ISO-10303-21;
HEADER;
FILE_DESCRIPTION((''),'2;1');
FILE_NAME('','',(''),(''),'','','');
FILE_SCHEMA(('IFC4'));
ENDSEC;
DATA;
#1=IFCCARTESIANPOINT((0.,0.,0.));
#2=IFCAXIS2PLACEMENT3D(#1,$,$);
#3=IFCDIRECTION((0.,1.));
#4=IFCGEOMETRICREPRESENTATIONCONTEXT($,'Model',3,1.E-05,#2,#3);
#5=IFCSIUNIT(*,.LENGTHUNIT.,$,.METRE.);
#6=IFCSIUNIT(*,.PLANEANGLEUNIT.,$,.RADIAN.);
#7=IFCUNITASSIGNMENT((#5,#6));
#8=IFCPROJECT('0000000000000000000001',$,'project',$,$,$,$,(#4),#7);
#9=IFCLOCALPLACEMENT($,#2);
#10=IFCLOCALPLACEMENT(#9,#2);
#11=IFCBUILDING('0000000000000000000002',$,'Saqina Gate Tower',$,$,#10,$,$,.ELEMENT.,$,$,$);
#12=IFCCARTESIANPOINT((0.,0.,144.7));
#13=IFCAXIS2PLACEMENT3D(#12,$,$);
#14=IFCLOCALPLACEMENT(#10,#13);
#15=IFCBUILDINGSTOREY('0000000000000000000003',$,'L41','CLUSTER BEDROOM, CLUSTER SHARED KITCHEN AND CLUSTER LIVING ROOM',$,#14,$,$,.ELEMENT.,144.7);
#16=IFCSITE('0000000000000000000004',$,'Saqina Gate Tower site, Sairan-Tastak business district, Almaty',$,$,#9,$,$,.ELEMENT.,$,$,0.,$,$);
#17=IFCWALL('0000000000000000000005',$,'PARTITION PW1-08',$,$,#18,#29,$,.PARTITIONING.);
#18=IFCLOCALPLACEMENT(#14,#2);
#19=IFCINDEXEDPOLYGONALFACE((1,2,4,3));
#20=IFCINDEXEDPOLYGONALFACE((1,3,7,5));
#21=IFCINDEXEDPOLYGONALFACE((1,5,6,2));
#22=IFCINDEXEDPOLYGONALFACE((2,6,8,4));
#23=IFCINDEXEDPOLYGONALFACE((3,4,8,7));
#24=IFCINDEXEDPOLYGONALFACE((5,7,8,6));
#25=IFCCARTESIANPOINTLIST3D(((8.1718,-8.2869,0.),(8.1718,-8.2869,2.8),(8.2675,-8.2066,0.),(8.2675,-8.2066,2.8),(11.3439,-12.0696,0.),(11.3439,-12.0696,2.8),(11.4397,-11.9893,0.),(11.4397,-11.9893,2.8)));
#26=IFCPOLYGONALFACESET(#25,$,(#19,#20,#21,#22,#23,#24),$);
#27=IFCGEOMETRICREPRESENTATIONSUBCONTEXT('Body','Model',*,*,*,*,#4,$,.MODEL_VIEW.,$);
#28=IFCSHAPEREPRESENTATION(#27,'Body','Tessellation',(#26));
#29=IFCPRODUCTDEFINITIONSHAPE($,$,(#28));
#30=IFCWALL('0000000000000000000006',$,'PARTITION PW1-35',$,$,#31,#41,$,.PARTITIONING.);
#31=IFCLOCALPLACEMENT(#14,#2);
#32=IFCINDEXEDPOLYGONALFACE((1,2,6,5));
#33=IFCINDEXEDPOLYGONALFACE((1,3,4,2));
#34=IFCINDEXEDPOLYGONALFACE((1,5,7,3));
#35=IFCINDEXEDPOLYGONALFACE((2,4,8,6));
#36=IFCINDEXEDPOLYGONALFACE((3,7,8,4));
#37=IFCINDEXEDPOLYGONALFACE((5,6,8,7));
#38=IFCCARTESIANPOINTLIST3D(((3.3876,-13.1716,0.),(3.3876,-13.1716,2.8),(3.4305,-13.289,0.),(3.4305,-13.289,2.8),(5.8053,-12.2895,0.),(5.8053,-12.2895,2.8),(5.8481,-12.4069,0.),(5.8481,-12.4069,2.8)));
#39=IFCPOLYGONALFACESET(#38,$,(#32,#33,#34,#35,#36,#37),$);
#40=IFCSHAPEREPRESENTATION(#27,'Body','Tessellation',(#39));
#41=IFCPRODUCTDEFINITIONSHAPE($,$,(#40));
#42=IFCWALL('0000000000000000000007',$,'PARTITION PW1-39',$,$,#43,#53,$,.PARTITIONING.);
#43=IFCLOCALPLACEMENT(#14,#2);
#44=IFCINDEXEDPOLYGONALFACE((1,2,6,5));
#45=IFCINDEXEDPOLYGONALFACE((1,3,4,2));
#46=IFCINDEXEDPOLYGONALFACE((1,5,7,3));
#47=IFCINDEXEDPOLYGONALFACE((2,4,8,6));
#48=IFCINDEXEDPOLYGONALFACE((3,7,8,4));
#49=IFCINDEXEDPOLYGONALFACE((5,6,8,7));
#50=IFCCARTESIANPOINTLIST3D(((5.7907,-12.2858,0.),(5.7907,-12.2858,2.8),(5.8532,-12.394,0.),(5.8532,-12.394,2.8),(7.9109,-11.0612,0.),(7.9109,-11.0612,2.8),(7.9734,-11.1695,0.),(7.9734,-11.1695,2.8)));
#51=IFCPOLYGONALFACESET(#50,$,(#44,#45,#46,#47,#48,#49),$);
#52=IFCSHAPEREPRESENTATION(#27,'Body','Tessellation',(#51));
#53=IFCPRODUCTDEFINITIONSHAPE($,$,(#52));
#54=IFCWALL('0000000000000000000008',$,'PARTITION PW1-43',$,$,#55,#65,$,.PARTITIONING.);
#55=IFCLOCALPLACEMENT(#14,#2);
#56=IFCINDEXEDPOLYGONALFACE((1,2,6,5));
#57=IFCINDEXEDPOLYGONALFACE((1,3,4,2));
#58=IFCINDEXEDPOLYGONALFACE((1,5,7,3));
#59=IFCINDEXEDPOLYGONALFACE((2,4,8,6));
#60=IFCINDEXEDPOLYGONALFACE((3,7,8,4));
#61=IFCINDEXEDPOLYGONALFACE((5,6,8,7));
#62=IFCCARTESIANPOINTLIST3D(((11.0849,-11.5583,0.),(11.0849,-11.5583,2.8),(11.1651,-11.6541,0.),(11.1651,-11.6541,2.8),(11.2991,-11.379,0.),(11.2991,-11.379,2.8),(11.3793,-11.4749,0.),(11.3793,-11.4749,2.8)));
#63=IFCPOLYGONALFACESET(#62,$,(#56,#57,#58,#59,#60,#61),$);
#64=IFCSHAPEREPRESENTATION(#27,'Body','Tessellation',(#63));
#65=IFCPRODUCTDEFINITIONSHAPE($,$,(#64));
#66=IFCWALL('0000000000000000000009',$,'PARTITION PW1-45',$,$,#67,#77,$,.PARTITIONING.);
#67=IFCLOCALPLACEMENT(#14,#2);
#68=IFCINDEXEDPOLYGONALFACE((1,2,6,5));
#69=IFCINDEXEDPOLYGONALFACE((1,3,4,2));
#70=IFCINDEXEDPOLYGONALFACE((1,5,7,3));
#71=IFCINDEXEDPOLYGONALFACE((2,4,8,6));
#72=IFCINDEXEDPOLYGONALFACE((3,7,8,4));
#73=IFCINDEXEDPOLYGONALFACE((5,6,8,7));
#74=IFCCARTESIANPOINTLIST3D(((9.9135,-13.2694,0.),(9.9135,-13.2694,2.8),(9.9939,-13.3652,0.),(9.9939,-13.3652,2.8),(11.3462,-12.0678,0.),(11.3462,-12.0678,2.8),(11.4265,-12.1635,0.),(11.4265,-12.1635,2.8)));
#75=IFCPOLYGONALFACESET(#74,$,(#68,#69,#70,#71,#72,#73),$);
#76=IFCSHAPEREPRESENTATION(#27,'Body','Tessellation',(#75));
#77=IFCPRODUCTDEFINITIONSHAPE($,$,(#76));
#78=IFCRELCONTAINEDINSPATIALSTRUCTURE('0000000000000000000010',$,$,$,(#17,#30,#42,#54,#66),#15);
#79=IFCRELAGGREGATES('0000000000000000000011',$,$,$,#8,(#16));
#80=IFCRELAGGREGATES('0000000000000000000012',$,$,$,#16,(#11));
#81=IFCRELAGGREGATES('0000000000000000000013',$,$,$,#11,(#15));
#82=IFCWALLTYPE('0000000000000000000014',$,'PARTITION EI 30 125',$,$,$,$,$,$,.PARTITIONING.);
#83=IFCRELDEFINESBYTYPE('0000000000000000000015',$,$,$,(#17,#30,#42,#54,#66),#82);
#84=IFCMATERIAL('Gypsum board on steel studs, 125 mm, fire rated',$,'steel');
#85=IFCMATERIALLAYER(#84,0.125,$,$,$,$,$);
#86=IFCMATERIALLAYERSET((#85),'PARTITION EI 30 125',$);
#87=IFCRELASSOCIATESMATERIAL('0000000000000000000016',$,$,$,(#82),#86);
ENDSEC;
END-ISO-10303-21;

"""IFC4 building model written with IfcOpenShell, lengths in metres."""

from ifc_helpers import new_model, si_unit, direction, frame, frame_2d, origin, place, context, subcontext, project, spatial, rectangle, extrude, material, layer, layer_set, type_object, element, save


model = new_model("IFC4")

# Units and contexts
model_context = context("Model", 3, precision=1e-05, world=origin(), true_north=direction((0.0, 1.0)))
body_context = subcontext(model_context, "Body", "Model", "MODEL_VIEW")
ifc_project = project(units=[si_unit("LENGTHUNIT", "METRE"), si_unit("PLANEANGLEUNIT", "RADIAN")], contexts=[model_context])

# Site, building, storey
site_placement = place(None, origin())
site = spatial("IfcSite", under=ifc_project, at=site_placement, Name="Saqina Gate Tower site, Sairan-Tastak business district, Almaty", CompositionType="ELEMENT", RefElevation=0.0)
building_placement = place(site_placement, origin())
building = spatial("IfcBuilding", under=site, at=building_placement, Name="Saqina Gate Tower", CompositionType="ELEMENT")
storey_placement = place(building_placement, frame((0.0, 0.0, 144.7)))
storey = spatial("IfcBuildingStorey", under=building, at=storey_placement, Name="L41", Description="CLUSTER BEDROOM, CLUSTER SHARED KITCHEN AND CLUSTER LIVING ROOM", CompositionType="ELEMENT", Elevation=144.7)

# Walls
ifc_material_1 = material(Name="Gypsum board on steel studs, 125 mm, fire rated", Category="steel")
ifc_layer_1 = layer(ifc_material_1, 0.125)
ifc_layer_set_1 = layer_set([ifc_layer_1], Name="PARTITION EI 30 125")
wall_type_1 = type_object("IfcWallType", Name="PARTITION EI 30 125", PredefinedType="PARTITIONING", material=ifc_layer_set_1)
wall_1_placement = place(storey_placement, frame((8.2197, -8.2468, 0.0), z_axis=(0.0, 0.0, 1.0), x_axis=(0.642555, -0.766239, 0.0)))
element("IfcWall", 1, at=wall_1_placement, inside=storey, type_object=wall_type_1, Name="PARTITION PW1-08", PredefinedType="PARTITIONING", context=body_context, shape_type="SweptSolid", body=[
    extrude(rectangle(XDim=4.9368, YDim=0.125, at=frame_2d((2.4683, 0.0))), origin(), (0.0, 0.0, 1.0), 2.8),
])
wall_2_placement = place(storey_placement, frame((3.4092, -13.2302, 0.0), z_axis=(0.0, 0.0, 1.0), x_axis=(0.93943, 0.342741, 0.0)))
element("IfcWall", 2, at=wall_2_placement, inside=storey, type_object=wall_type_1, Name="PARTITION PW1-35", PredefinedType="PARTITIONING", context=body_context, shape_type="SweptSolid", body=[
    extrude(rectangle(XDim=2.5735, YDim=0.125, at=frame_2d((1.2866, 0.0))), origin(), (0.0, 0.0, 1.0), 2.8),
])
wall_3_placement = place(storey_placement, frame((5.822, -12.3398, 0.0), z_axis=(0.0, 0.0, 1.0), x_axis=(0.865951, 0.500128, 0.0)))
element("IfcWall", 3, at=wall_3_placement, inside=storey, type_object=wall_type_1, Name="PARTITION PW1-39", PredefinedType="PARTITIONING", context=body_context, shape_type="SweptSolid", body=[
    extrude(rectangle(XDim=2.4485, YDim=0.125, at=frame_2d((1.2241, 0.0))), origin(), (0.0, 0.0, 1.0), 2.8),
])
wall_4_placement = place(storey_placement, frame((11.125, -11.6062, 0.0), z_axis=(0.0, 0.0, 1.0), x_axis=(0.766858, 0.641817, 0.0)))
element("IfcWall", 4, at=wall_4_placement, inside=storey, type_object=wall_type_1, Name="PARTITION PW1-43", PredefinedType="PARTITIONING", context=body_context, shape_type="SweptSolid", body=[
    extrude(rectangle(XDim=0.2793, YDim=0.125, at=frame_2d((0.1396, 0.0))), origin(), (0.0, 0.0, 1.0), 2.8),
])
wall_5_placement = place(storey_placement, frame((9.9536, -13.3174, 0.0), z_axis=(0.0, 0.0, 1.0), x_axis=(0.766163, 0.642647, 0.0)))
element("IfcWall", 5, at=wall_5_placement, inside=storey, type_object=wall_type_1, Name="PARTITION PW1-45", PredefinedType="PARTITIONING", context=body_context, shape_type="SweptSolid", body=[
    extrude(rectangle(XDim=1.8699, YDim=0.125, at=frame_2d((0.9351, 0.0))), origin(), (0.0, 0.0, 1.0), 2.8),
])

save(model, "model.ifc")
